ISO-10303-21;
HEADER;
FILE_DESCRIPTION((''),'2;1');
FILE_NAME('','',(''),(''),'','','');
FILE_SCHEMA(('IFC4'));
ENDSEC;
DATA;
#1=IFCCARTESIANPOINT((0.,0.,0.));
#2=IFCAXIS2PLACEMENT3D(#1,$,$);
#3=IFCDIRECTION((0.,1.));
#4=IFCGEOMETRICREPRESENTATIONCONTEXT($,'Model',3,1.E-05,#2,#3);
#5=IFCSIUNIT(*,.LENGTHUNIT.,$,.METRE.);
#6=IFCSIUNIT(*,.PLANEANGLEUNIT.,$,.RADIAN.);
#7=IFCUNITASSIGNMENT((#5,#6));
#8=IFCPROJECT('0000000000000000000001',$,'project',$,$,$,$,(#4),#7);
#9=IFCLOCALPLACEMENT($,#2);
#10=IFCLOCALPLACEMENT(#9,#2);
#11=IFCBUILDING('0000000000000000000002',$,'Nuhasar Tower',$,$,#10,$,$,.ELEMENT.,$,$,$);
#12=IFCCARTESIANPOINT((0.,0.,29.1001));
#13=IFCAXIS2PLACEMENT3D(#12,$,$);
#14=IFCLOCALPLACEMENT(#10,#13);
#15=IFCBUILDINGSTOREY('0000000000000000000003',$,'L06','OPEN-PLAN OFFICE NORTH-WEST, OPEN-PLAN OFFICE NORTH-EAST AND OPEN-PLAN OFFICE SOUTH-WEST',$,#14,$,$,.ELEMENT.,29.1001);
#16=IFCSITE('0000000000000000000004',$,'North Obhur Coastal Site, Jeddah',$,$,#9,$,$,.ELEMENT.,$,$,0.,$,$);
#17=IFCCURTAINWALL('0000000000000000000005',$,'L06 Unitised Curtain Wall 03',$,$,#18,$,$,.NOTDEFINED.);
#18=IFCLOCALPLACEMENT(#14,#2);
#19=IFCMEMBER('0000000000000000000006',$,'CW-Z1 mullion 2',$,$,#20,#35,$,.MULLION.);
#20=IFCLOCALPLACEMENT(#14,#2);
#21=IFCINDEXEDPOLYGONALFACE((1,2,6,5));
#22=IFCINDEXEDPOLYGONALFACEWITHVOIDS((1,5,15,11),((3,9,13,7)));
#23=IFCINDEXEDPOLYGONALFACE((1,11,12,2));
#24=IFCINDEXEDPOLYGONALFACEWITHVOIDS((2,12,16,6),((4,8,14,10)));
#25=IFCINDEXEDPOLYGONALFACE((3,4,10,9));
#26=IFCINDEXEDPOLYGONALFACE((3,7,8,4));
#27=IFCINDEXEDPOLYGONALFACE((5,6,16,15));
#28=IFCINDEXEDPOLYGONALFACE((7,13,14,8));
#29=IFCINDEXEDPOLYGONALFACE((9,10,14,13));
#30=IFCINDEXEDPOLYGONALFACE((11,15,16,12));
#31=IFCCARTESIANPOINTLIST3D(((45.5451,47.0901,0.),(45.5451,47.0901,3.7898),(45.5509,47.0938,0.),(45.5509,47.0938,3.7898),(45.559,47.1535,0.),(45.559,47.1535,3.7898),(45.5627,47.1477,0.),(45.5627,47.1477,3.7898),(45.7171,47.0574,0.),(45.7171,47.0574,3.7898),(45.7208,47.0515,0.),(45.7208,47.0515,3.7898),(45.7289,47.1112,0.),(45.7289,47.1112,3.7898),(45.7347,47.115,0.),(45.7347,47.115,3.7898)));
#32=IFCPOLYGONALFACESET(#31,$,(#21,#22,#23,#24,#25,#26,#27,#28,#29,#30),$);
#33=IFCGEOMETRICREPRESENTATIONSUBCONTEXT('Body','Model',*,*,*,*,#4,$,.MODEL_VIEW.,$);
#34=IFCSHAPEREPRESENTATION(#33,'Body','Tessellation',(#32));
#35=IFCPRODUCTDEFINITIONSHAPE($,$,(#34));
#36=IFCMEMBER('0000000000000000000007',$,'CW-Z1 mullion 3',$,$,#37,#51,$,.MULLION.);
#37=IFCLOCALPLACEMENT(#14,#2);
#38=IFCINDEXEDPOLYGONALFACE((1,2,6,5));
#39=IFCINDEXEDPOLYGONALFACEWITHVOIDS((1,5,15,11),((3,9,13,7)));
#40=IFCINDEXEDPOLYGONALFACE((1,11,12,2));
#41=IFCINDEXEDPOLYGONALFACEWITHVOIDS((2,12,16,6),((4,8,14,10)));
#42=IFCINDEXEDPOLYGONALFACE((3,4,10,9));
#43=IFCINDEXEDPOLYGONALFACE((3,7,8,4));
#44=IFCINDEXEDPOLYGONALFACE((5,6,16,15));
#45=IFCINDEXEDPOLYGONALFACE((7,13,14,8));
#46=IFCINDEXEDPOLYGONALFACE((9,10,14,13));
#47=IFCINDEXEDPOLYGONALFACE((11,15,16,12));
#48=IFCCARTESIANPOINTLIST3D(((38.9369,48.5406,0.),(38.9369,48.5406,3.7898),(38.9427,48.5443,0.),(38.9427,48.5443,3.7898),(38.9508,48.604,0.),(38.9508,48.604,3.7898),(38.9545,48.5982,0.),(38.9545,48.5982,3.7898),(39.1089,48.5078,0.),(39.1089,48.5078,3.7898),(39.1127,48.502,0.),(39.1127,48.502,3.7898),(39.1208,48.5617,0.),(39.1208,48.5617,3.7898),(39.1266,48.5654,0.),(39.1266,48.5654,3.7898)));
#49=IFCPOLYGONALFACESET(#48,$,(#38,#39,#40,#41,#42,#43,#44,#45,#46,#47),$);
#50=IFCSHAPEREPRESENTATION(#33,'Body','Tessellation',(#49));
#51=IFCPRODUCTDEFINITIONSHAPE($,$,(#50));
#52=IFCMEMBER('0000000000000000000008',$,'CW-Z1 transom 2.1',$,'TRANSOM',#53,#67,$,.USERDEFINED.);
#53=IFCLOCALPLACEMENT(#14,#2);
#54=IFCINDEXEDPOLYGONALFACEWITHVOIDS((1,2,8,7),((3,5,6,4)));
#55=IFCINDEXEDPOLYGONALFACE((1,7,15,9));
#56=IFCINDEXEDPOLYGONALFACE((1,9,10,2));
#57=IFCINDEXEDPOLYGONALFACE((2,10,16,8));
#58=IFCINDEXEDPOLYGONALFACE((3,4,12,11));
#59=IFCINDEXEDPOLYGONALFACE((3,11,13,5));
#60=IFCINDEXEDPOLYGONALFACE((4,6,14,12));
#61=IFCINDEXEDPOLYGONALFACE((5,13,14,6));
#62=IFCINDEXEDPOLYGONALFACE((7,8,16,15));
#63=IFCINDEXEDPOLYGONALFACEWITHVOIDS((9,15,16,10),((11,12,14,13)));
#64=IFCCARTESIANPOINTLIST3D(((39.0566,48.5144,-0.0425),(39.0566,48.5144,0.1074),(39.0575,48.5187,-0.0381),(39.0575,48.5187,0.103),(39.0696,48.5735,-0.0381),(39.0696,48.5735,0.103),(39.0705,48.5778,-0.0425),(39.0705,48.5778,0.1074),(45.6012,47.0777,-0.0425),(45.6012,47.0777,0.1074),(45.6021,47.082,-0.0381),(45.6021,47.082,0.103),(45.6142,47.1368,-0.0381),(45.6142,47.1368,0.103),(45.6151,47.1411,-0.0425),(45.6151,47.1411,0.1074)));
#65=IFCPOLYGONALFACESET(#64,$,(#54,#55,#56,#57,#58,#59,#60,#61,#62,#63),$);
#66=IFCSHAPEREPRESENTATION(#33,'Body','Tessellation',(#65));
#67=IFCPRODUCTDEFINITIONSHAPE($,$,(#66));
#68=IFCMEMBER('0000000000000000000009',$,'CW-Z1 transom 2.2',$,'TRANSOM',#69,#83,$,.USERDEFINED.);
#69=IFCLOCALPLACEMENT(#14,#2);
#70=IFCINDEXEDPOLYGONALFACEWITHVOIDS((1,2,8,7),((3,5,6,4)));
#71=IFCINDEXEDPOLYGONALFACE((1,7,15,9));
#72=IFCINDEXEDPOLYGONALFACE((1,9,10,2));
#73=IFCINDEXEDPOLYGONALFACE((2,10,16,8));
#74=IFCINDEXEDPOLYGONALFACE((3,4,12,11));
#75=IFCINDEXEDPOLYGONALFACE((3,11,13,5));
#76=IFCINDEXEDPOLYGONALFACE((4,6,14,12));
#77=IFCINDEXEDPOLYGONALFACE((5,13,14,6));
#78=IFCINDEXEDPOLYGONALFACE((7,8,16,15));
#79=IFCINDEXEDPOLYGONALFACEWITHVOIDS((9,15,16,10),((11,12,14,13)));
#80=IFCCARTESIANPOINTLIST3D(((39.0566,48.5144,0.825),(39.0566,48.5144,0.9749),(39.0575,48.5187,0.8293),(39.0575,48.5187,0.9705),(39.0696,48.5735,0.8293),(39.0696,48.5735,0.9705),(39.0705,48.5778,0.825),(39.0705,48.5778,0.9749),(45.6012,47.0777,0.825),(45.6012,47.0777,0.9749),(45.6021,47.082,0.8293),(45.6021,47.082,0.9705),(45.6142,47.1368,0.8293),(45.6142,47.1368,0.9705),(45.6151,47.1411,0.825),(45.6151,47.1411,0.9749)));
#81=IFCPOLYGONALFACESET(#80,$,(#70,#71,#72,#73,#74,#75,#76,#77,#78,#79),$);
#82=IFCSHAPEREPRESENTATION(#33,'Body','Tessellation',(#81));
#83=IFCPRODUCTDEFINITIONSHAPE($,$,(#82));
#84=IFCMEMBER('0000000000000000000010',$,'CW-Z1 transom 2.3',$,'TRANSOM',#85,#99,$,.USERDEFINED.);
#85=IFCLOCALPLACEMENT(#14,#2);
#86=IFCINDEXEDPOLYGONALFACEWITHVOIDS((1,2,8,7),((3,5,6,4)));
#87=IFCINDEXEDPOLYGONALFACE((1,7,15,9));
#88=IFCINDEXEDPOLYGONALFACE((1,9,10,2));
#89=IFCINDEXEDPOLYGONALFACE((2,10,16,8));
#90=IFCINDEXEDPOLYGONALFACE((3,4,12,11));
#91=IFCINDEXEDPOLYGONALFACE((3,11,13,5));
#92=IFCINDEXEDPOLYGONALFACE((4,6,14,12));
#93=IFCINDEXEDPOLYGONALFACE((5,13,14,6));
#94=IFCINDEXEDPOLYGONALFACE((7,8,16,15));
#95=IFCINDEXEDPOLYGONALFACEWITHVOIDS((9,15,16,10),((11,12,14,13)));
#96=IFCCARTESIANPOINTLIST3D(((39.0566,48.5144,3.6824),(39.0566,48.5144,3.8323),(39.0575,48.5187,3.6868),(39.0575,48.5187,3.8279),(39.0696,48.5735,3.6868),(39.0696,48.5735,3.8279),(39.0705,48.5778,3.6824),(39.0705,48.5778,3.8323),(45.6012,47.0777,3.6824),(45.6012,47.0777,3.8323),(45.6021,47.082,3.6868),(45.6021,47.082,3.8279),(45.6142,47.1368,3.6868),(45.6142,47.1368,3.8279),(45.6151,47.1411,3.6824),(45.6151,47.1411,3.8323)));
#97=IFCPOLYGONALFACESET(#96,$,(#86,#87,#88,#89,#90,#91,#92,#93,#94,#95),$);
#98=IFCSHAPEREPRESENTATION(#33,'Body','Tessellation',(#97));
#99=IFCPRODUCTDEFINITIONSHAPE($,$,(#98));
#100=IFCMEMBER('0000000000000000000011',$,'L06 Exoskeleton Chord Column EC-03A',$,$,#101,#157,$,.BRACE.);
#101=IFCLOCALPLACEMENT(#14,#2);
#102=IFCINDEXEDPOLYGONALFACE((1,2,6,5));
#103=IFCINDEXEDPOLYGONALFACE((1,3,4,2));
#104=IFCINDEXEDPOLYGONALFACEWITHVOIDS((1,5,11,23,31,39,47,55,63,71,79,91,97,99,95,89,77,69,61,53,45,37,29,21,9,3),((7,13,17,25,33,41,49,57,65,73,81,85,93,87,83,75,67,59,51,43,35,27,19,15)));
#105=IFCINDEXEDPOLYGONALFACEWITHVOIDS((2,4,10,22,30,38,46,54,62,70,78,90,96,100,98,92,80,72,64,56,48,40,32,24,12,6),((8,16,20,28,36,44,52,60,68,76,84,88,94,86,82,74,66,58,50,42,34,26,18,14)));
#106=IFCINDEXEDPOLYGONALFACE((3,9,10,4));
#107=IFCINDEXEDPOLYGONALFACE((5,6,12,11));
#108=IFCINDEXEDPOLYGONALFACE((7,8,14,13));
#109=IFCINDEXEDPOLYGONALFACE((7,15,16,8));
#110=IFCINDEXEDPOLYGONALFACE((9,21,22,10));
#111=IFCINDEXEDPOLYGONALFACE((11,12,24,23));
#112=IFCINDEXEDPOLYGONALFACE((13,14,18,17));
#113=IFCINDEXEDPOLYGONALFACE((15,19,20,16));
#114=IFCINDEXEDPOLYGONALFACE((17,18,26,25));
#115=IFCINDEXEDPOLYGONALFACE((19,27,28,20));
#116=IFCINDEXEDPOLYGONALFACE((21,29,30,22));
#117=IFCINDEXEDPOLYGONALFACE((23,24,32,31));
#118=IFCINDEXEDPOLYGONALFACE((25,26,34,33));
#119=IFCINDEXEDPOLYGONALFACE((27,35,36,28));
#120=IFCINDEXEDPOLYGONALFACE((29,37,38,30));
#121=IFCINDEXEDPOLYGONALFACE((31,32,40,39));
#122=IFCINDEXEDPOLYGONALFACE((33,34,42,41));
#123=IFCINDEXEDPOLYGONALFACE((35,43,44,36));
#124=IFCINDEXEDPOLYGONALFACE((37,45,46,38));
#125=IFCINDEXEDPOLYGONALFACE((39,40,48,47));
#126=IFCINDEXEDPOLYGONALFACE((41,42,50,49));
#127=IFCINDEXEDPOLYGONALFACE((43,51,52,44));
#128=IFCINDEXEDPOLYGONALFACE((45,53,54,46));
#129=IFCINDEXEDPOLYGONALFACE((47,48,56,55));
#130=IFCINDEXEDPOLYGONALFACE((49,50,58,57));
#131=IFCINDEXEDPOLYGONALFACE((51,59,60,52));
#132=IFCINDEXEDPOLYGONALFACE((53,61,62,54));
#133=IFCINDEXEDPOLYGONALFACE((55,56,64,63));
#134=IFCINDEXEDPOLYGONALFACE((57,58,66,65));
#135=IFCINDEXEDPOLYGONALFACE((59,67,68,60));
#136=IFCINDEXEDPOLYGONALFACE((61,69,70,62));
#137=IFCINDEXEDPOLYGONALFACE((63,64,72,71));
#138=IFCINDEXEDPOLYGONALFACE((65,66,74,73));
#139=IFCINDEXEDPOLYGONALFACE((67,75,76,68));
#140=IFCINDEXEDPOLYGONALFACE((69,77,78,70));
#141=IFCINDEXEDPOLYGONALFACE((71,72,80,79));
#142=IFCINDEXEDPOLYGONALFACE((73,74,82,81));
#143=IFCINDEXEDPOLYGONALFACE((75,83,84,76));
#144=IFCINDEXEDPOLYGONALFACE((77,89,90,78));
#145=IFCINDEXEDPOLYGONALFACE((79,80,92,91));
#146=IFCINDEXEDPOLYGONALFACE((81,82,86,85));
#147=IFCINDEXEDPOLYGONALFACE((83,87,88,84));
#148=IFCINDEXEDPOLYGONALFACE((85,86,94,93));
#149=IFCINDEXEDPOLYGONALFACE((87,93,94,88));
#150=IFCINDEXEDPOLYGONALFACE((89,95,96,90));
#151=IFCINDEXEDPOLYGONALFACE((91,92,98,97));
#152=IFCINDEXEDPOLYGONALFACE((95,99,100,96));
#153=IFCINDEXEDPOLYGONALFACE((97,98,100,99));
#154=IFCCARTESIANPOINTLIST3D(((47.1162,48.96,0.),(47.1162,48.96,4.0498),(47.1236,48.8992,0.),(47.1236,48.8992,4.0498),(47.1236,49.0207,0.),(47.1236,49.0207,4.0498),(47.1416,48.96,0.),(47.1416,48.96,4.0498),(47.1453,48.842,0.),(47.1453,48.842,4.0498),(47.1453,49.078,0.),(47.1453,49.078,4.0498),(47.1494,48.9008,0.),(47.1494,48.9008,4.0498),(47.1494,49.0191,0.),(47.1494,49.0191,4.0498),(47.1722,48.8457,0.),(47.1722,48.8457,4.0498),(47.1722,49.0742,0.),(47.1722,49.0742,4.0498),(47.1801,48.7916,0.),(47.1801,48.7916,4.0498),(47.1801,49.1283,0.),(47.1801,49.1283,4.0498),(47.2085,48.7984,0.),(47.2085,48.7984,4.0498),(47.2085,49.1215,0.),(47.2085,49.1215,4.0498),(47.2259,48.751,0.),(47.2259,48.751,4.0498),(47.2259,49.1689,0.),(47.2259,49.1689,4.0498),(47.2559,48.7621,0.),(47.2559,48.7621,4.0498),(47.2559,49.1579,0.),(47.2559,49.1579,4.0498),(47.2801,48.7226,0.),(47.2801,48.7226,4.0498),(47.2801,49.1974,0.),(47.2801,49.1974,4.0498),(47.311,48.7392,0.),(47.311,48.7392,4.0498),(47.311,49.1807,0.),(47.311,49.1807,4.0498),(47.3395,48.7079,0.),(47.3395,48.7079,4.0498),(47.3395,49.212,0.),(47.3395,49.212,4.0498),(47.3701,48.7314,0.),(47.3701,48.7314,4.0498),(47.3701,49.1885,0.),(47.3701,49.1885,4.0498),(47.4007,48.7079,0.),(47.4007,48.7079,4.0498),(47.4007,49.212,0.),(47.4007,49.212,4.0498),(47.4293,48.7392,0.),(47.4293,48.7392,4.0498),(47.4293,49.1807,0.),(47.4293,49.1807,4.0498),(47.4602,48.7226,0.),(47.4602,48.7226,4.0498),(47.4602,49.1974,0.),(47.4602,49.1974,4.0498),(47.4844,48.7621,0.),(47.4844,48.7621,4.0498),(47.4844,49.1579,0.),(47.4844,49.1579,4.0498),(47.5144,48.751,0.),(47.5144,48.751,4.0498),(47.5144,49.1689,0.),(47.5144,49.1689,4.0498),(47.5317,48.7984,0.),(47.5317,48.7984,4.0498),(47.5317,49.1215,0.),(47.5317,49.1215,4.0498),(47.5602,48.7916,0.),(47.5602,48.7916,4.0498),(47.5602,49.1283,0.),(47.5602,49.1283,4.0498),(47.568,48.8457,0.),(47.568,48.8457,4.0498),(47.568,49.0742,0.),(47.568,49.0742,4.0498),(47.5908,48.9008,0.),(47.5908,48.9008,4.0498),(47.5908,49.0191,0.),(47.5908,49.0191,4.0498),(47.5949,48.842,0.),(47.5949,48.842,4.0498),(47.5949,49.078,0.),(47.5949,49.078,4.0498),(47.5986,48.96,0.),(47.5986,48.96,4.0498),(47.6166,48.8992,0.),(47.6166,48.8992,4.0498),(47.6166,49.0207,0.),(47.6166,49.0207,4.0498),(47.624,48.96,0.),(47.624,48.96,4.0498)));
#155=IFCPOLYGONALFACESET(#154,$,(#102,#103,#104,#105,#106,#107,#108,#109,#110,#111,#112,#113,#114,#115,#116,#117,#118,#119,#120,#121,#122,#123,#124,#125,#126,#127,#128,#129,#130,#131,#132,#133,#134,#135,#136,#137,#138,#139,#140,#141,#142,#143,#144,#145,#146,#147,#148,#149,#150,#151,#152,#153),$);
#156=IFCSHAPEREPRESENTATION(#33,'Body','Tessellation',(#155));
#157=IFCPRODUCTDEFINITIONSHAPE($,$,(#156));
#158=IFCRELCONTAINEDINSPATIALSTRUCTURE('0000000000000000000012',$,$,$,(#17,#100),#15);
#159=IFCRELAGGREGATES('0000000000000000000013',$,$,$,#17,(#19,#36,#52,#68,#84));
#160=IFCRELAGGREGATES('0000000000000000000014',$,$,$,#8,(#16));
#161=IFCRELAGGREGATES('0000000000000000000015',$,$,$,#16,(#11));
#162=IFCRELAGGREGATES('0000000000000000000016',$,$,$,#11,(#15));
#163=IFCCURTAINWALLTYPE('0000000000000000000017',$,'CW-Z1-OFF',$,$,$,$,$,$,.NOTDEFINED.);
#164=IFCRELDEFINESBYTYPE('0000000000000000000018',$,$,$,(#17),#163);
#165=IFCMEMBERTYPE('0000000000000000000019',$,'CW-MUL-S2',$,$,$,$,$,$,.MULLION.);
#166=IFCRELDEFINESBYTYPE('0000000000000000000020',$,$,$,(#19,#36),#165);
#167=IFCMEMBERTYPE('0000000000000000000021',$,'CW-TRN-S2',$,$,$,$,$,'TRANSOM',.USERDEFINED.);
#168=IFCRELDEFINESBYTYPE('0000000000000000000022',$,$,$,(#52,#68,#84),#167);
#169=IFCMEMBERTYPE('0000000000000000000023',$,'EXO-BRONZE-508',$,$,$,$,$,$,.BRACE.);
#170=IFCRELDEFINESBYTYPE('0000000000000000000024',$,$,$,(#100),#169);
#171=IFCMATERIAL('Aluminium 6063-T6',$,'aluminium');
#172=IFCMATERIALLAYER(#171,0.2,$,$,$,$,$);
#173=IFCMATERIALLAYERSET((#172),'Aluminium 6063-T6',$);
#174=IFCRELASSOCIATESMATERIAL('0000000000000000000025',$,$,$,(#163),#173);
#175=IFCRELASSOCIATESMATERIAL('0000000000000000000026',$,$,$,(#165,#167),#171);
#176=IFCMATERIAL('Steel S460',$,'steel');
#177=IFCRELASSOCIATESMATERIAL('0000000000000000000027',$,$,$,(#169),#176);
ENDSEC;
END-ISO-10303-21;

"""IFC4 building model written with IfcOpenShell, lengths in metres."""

from ifc_helpers import new_model, si_unit, direction, frame, origin, origin_2d, place, context, subcontext, project, spatial, hollow_rectangle, hollow_circle, extrude, material, layer, layer_set, material_profile, profile_set, type_object, element, aggregate, save


model = new_model("IFC4")

# Units and contexts
model_context = context("Model", 3, precision=1e-05, world=origin(), true_north=direction((0.0, 1.0)))
body_context = subcontext(model_context, "Body", "Model", "MODEL_VIEW")
ifc_project = project(units=[si_unit("LENGTHUNIT", "METRE"), si_unit("PLANEANGLEUNIT", "RADIAN")], contexts=[model_context])

# Site, building, storey
site_placement = place(None, origin())
site = spatial("IfcSite", under=ifc_project, at=site_placement, Name="North Obhur Coastal Site, Jeddah", CompositionType="ELEMENT", RefElevation=0.0)
building_placement = place(site_placement, origin())
building = spatial("IfcBuilding", under=site, at=building_placement, Name="Nuhasar Tower", CompositionType="ELEMENT")
storey_placement = place(building_placement, frame((0.0, 0.0, 29.1001)))
storey = spatial("IfcBuildingStorey", under=building, at=storey_placement, Name="L06", Description="OPEN-PLAN OFFICE NORTH-WEST, OPEN-PLAN OFFICE NORTH-EAST AND OPEN-PLAN OFFICE SOUTH-WEST", CompositionType="ELEMENT", Elevation=29.1001)

# Curtain wall, members
ifc_material_1 = material(Name="Aluminium 6063-T6", Category="aluminium")
ifc_layer_1 = layer(ifc_material_1, 0.2)
ifc_layer_set_1 = layer_set([ifc_layer_1], Name="Aluminium 6063-T6")
curtain_wall_type = type_object("IfcCurtainWallType", Name="CW-Z1-OFF", PredefinedType="NOTDEFINED", material=ifc_layer_set_1)
curtain_wall_placement = place(storey_placement, origin())
curtain_wall = element("IfcCurtainWall", 1, at=curtain_wall_placement, inside=storey, type_object=curtain_wall_type, Name="L06 Unitised Curtain Wall 03", PredefinedType="NOTDEFINED")
ifc_material_profile_1 = material_profile(ifc_material_1, hollow_rectangle(XDim=0.0649, YDim=0.1799, WallThickness=0.0049, at=origin_2d()), Name="CWM-2")
ifc_profile_set_1 = profile_set([ifc_material_profile_1], Name="Aluminium 6063-T6")
member_type_1 = type_object("IfcMemberType", Name="CW-MUL-S2", PredefinedType="MULLION", material=ifc_profile_set_1)
member_1_placement = place(storey_placement, frame((45.6399, 47.1025, 0.0), z_axis=(0.0, 0.0, 1.0), x_axis=(-0.214399, -0.976746, 0.0)))
member_1 = element("IfcMember", 2, at=member_1_placement, type_object=member_type_1, Name="CW-Z1 mullion 2", PredefinedType="MULLION", context=body_context, shape_type="SweptSolid", body=[
    extrude(hollow_rectangle(XDim=0.0649, YDim=0.1799, WallThickness=0.0049, at=origin_2d()), origin(), (0.0, 0.0, 1.0), 3.7898),
])
member_2_placement = place(storey_placement, frame((39.0317, 48.553, 0.0), z_axis=(0.0, 0.0, 1.0), x_axis=(-0.214399, -0.976746, 0.0)))
member_2 = element("IfcMember", 3, at=member_2_placement, type_object=member_type_1, Name="CW-Z1 mullion 3", PredefinedType="MULLION", context=body_context, shape_type="SweptSolid", body=[
    extrude(hollow_rectangle(XDim=0.0649, YDim=0.1799, WallThickness=0.0049, at=origin_2d()), origin(), (0.0, 0.0, 1.0), 3.7898),
])
ifc_material_profile_2 = material_profile(ifc_material_1, hollow_rectangle(XDim=0.0649, YDim=0.1499, WallThickness=0.0044, at=origin_2d()), Name="CWT-2")
ifc_profile_set_2 = profile_set([ifc_material_profile_2], Name="Aluminium 6063-T6")
member_type_2 = type_object("IfcMemberType", Name="CW-TRN-S2", ElementType="TRANSOM", PredefinedType="USERDEFINED", material=ifc_profile_set_2)
member_3_placement = place(storey_placement, frame((45.6082, 47.1094, 0.0325), z_axis=(-0.97674, 0.214426, 0.0), x_axis=(-0.214426, -0.97674, 0.0)))
member_3 = element("IfcMember", 4, at=member_3_placement, type_object=member_type_2, Name="CW-Z1 transom 2.1", ObjectType="TRANSOM", PredefinedType="USERDEFINED", context=body_context, shape_type="SweptSolid", body=[
    extrude(hollow_rectangle(XDim=0.0649, YDim=0.1499, WallThickness=0.0044, at=origin_2d()), origin(), (0.0, 0.0, 1.0), 6.7004),
])
member_4_placement = place(storey_placement, frame((45.6082, 47.1094, 0.8999), z_axis=(-0.97674, 0.214426, 0.0), x_axis=(-0.214426, -0.97674, 0.0)))
member_4 = element("IfcMember", 5, at=member_4_placement, type_object=member_type_2, Name="CW-Z1 transom 2.2", ObjectType="TRANSOM", PredefinedType="USERDEFINED", context=body_context, shape_type="SweptSolid", body=[
    extrude(hollow_rectangle(XDim=0.0649, YDim=0.1499, WallThickness=0.0044, at=origin_2d()), origin(), (0.0, 0.0, 1.0), 6.7004),
])
member_5_placement = place(storey_placement, frame((45.6082, 47.1094, 3.7573), z_axis=(-0.97674, 0.214426, 0.0), x_axis=(-0.214426, -0.97674, 0.0)))
member_5 = element("IfcMember", 6, at=member_5_placement, type_object=member_type_2, Name="CW-Z1 transom 2.3", ObjectType="TRANSOM", PredefinedType="USERDEFINED", context=body_context, shape_type="SweptSolid", body=[
    extrude(hollow_rectangle(XDim=0.0649, YDim=0.1499, WallThickness=0.0044, at=origin_2d()), origin(), (0.0, 0.0, 1.0), 6.7004),
])

# Member
ifc_material_2 = material(Name="Steel S460", Category="steel")
ifc_material_profile_3 = material_profile(ifc_material_2, hollow_circle(Radius=0.2539, WallThickness=0.0254, at=origin_2d()), Name="HSS508X25.4")
ifc_profile_set_3 = profile_set([ifc_material_profile_3], Name="Steel S460")
member_type_3 = type_object("IfcMemberType", Name="EXO-BRONZE-508", PredefinedType="BRACE", material=ifc_profile_set_3)
for number, where, z_axis, x_axis, name in (
    (7, (47.3701, 48.96, 0.0), (0.0, 0.0, 1.0), (1.0, 0.0, 0.0), "L06 Exoskeleton Chord Column EC-03A"),
):
    element("IfcMember", number, at=place(storey_placement, frame(where, z_axis=z_axis, x_axis=x_axis)), inside=storey, type_object=member_type_3, Name=name, PredefinedType="BRACE", context=body_context, shape_type="SweptSolid", body=[
        extrude(hollow_circle(Radius=0.2539, WallThickness=0.0254, at=origin_2d()), origin(), (0.0, 0.0, 1.0), 4.0498),
    ])

aggregate(curtain_wall, [member_1, member_2, member_3, member_4, member_5])

save(model, "model.ifc")
